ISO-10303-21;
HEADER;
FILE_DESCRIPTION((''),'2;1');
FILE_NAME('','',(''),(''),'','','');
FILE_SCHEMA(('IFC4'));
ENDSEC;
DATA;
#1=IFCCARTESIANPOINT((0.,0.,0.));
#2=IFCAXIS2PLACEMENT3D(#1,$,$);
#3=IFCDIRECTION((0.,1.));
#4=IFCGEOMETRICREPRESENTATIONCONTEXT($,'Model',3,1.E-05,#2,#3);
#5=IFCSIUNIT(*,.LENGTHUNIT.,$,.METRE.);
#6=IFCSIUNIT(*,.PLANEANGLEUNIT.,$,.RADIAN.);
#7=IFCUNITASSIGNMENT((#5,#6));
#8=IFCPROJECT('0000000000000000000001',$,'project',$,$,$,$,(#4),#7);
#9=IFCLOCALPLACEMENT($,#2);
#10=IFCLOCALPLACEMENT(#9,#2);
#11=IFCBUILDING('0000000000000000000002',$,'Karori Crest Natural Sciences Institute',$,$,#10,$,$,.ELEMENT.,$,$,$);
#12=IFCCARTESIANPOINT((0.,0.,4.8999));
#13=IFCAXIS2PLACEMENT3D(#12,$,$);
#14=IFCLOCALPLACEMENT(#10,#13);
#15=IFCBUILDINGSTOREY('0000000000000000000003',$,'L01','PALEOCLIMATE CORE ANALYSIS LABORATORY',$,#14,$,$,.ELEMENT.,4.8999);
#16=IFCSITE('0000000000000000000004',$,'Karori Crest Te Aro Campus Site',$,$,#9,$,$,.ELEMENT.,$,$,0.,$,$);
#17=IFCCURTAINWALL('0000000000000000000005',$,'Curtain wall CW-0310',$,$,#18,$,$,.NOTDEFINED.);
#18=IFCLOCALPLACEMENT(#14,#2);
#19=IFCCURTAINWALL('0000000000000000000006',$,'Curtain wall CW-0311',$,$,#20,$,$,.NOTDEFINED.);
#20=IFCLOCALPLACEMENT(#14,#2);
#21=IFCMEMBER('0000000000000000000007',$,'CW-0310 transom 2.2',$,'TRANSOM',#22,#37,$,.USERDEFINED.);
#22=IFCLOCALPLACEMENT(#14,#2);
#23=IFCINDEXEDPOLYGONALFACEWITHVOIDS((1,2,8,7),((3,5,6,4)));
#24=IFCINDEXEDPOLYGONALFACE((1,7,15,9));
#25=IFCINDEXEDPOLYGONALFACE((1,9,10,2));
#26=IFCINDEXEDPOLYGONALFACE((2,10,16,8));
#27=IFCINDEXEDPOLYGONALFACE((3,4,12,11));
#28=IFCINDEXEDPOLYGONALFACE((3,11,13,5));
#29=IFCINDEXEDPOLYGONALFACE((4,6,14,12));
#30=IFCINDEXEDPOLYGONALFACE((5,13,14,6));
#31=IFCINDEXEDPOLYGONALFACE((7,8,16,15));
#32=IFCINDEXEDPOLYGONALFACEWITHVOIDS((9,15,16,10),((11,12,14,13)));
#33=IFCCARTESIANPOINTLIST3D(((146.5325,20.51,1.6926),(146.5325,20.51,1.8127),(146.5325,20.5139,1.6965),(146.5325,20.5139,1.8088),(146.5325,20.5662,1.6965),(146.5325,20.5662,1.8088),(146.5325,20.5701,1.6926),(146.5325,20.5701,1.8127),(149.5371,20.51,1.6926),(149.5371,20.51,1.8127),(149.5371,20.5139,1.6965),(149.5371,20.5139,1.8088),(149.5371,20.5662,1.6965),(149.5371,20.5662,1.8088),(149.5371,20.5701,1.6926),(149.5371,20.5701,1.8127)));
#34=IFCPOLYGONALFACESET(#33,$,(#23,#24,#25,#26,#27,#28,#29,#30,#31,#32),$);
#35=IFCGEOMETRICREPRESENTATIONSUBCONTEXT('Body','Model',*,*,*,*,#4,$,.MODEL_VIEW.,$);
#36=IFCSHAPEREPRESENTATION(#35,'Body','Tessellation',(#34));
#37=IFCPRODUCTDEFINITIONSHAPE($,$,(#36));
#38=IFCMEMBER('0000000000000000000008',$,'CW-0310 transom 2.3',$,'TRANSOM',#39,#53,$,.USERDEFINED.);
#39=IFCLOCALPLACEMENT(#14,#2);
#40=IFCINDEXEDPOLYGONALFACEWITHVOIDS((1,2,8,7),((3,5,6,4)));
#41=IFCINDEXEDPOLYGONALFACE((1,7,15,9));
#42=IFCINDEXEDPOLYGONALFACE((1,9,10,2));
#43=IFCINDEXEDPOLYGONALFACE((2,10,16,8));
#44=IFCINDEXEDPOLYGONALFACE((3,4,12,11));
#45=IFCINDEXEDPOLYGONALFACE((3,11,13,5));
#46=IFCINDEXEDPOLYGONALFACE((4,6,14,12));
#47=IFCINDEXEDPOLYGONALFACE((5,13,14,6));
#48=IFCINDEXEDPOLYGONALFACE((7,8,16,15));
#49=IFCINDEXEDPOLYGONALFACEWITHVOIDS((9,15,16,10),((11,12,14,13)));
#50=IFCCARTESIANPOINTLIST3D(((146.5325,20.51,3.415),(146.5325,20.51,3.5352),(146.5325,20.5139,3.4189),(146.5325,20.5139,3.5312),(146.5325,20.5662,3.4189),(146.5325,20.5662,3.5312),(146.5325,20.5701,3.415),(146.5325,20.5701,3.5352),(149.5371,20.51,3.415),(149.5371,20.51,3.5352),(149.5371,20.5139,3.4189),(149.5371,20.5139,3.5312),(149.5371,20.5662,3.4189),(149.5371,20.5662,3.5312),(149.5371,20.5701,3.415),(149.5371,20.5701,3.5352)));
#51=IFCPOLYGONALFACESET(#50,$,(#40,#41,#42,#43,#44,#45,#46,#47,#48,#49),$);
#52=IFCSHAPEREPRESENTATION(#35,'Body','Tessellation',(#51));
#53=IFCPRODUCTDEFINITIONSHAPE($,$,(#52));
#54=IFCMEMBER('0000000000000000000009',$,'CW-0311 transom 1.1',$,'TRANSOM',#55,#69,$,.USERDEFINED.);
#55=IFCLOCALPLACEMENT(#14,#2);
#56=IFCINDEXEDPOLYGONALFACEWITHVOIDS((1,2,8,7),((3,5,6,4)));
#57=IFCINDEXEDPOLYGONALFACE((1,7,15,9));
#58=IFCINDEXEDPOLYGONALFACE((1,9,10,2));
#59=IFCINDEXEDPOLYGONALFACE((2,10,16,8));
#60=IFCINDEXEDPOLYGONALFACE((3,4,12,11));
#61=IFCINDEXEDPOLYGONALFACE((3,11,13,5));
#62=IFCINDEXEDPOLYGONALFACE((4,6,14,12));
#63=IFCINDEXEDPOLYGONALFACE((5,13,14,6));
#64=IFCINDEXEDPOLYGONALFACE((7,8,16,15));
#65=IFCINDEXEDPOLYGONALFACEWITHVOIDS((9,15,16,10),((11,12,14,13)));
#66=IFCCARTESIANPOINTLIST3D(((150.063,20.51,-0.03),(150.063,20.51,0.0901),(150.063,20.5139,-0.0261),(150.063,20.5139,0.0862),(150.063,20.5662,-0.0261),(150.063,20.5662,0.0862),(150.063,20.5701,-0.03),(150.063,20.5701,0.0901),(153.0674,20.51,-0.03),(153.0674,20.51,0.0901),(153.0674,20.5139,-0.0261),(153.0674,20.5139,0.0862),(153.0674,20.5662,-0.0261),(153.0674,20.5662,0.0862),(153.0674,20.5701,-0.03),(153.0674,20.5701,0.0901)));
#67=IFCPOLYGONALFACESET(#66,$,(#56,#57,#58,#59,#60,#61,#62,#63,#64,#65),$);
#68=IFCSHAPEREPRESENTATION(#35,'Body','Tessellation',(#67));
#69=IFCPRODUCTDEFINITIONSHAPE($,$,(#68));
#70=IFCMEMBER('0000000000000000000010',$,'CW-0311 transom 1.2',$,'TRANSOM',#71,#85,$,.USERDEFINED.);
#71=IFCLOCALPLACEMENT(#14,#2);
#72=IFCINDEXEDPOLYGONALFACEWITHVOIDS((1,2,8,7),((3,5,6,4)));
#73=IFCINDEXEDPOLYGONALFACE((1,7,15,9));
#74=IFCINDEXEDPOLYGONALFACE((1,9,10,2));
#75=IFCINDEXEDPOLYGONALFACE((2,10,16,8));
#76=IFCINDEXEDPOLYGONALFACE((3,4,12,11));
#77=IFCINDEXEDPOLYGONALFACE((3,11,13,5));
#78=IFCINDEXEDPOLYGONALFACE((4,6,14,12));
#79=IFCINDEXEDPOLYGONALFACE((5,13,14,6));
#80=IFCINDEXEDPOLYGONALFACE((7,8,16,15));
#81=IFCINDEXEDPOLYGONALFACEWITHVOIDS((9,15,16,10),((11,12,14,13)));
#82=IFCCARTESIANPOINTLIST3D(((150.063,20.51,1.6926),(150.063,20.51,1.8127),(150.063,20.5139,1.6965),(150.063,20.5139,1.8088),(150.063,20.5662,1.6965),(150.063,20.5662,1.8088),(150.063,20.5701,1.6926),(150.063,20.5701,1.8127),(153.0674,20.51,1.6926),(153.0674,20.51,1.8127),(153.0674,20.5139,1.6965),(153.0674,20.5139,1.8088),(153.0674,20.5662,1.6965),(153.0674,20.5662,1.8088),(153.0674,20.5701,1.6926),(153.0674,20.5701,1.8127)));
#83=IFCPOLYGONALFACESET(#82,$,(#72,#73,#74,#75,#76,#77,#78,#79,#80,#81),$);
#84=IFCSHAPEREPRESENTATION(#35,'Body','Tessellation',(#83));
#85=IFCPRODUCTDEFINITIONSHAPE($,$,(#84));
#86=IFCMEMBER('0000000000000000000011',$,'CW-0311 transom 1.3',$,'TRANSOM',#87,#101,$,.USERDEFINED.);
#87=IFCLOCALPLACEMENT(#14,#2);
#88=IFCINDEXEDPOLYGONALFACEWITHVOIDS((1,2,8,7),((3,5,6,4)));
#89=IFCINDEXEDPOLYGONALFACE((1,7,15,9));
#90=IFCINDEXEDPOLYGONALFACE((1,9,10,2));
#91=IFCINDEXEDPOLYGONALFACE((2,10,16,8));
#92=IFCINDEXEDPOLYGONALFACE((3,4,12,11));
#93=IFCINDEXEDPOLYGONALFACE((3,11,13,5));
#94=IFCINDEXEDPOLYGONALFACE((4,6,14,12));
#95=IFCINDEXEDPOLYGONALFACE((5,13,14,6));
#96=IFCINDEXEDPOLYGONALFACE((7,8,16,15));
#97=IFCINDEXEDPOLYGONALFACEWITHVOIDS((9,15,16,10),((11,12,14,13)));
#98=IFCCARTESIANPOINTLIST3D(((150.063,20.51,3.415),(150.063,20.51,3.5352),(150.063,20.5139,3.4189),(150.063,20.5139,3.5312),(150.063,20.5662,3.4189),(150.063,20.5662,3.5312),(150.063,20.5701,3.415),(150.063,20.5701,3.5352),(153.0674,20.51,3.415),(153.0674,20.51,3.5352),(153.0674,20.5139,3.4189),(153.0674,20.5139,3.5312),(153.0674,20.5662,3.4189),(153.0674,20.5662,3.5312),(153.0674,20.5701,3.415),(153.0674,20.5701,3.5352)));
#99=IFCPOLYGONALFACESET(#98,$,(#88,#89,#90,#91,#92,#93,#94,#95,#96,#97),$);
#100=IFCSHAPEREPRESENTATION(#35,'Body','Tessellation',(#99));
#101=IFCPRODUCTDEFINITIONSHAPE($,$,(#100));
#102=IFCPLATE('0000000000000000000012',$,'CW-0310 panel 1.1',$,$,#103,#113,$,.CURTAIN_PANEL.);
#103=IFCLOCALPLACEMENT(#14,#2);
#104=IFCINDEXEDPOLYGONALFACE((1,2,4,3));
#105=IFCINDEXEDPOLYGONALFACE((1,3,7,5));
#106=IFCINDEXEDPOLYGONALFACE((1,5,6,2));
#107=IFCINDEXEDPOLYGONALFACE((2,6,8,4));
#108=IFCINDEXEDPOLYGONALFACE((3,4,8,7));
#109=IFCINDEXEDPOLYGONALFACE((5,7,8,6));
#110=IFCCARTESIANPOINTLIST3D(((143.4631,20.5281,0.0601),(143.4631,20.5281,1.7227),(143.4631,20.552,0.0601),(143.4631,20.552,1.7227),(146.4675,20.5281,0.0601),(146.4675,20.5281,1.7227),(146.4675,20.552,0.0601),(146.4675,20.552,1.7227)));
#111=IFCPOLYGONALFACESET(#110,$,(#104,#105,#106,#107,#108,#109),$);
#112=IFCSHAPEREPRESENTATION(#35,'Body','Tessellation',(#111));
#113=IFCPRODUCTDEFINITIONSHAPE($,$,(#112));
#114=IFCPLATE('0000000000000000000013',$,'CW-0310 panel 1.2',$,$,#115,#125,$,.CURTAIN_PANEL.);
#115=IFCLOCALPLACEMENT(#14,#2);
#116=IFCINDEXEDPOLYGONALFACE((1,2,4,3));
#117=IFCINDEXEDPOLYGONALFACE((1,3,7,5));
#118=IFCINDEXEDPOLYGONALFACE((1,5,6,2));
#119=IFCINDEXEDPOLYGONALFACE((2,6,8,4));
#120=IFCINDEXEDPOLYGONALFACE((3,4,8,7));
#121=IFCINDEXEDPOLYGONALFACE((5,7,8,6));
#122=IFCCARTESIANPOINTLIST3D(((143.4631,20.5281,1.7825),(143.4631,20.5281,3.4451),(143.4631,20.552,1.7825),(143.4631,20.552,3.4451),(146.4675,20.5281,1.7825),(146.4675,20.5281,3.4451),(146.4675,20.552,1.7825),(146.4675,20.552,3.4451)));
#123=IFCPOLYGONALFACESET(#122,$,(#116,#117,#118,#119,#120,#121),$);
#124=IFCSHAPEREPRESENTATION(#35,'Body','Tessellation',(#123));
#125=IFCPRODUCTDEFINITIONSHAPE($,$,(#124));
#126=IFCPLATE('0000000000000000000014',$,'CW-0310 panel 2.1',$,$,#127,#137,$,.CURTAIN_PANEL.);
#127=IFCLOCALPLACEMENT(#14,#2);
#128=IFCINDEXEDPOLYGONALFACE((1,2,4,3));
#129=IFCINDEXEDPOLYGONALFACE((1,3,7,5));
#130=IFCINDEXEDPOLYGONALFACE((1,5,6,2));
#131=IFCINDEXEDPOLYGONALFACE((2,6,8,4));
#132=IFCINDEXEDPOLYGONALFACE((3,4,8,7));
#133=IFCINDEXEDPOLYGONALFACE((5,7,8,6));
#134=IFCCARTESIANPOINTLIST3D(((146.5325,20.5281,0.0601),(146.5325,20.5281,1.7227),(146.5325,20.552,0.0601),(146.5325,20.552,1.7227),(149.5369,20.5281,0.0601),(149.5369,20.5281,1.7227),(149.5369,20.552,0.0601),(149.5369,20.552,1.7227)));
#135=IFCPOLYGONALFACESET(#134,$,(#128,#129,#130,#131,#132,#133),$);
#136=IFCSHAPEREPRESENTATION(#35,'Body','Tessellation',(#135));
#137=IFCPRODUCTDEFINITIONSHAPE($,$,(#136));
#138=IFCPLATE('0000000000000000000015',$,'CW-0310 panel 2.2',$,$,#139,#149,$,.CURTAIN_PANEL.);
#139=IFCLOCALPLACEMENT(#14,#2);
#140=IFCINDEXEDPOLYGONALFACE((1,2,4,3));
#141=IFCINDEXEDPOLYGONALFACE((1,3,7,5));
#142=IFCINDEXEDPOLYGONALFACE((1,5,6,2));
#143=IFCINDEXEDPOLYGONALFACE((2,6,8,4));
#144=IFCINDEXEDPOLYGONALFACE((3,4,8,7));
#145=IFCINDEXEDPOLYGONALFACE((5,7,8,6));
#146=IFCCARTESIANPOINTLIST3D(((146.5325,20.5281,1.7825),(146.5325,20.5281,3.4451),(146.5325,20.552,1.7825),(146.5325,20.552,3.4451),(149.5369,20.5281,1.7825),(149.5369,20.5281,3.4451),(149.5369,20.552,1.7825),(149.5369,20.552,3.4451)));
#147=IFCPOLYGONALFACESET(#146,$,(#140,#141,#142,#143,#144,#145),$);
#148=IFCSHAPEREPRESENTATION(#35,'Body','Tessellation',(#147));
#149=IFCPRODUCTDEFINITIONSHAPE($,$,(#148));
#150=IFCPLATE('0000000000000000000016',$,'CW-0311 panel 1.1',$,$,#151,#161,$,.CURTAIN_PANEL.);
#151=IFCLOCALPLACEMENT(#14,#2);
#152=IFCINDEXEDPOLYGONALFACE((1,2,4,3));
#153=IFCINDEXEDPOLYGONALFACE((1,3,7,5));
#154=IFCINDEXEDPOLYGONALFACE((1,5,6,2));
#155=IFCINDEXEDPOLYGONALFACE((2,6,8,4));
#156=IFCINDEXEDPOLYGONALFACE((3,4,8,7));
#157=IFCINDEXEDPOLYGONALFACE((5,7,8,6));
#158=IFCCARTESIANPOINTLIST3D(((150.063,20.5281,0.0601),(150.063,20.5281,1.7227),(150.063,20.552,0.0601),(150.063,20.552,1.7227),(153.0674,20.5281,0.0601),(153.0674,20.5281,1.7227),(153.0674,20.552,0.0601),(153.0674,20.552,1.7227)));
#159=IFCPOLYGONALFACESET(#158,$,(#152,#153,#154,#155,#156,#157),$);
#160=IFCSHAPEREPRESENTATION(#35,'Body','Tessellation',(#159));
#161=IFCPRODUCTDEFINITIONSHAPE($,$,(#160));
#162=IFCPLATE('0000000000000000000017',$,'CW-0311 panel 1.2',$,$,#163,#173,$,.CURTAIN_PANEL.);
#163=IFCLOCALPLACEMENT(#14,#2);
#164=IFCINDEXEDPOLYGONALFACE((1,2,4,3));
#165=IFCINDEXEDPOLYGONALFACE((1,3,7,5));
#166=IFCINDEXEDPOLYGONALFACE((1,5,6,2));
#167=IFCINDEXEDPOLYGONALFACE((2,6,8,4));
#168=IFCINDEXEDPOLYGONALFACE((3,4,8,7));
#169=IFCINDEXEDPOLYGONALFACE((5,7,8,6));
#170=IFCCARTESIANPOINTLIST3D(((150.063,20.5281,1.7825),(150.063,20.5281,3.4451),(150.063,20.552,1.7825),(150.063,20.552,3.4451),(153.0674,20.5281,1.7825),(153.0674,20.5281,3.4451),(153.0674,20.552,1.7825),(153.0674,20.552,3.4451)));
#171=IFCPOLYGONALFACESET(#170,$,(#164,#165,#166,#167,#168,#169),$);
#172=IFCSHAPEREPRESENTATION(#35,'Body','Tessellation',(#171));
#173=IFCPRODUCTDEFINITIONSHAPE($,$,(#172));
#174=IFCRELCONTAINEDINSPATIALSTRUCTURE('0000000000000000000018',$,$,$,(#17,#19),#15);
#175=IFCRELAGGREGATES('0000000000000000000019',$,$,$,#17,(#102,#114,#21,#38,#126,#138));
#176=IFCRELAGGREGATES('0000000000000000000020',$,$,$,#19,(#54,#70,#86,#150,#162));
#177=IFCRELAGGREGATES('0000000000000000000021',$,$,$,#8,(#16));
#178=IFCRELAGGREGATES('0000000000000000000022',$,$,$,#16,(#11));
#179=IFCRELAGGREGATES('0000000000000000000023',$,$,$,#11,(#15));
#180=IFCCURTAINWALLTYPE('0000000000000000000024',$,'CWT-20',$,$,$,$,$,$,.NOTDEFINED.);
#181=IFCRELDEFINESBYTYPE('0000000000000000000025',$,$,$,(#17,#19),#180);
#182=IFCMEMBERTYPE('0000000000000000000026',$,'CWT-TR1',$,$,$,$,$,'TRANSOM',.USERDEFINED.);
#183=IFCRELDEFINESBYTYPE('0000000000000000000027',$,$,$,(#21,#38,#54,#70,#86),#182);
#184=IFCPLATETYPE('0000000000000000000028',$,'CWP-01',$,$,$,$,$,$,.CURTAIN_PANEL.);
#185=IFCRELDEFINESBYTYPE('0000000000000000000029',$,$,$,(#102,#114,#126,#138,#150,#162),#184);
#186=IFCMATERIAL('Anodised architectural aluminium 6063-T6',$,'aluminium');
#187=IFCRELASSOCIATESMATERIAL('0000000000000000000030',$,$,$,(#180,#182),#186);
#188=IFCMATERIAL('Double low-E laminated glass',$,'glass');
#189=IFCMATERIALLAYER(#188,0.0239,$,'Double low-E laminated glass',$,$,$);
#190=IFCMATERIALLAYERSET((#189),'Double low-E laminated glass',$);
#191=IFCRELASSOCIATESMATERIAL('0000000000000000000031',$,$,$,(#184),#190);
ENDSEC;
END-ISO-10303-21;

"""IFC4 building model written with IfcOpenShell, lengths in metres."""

from ifc_helpers import new_model, si_unit, direction, frame, origin, origin_2d, place, context, subcontext, project, spatial, rectangle, hollow_rectangle, extrude, material, layer, layer_set, material_profile, profile_set, type_object, element, aggregate, save


model = new_model("IFC4")

# Units and contexts
model_context = context("Model", 3, precision=1e-05, world=origin(), true_north=direction((0.0, 1.0)))
body_context = subcontext(model_context, "Body", "Model", "MODEL_VIEW")
ifc_project = project(units=[si_unit("LENGTHUNIT", "METRE"), si_unit("PLANEANGLEUNIT", "RADIAN")], contexts=[model_context])

# Site, building, storey
site_placement = place(None, origin())
site = spatial("IfcSite", under=ifc_project, at=site_placement, Name="Karori Crest Te Aro Campus Site", CompositionType="ELEMENT", RefElevation=0.0)
building_placement = place(site_placement, origin())
building = spatial("IfcBuilding", under=site, at=building_placement, Name="Karori Crest Natural Sciences Institute", CompositionType="ELEMENT")
storey_placement = place(building_placement, frame((0.0, 0.0, 4.8999)))
storey = spatial("IfcBuildingStorey", under=building, at=storey_placement, Name="L01", Description="PALEOCLIMATE CORE ANALYSIS LABORATORY", CompositionType="ELEMENT", Elevation=4.8999)

# Curtain walls
ifc_material_1 = material(Name="Anodised architectural aluminium 6063-T6", Category="aluminium")
curtain_wall_type = type_object("IfcCurtainWallType", Name="CWT-20", PredefinedType="NOTDEFINED", material=ifc_material_1)
curtain_wall_1_placement = place(storey_placement, origin())
curtain_wall_1 = element("IfcCurtainWall", 1, at=curtain_wall_1_placement, inside=storey, type_object=curtain_wall_type, Name="Curtain wall CW-0310", PredefinedType="NOTDEFINED")
curtain_wall_2_placement = place(storey_placement, origin())
curtain_wall_2 = element("IfcCurtainWall", 2, at=curtain_wall_2_placement, inside=storey, type_object=curtain_wall_type, Name="Curtain wall CW-0311", PredefinedType="NOTDEFINED")

# Members
ifc_material_profile_1 = material_profile(ifc_material_1, hollow_rectangle(XDim=0.0601, YDim=0.1201, WallThickness=0.0039, at=origin_2d()), Name="CWT120x60x4")
ifc_profile_set_1 = profile_set([ifc_material_profile_1], Name="Anodised architectural aluminium 6063-T6")
member_type_1 = type_object("IfcMemberType", Name="CWT-TR1", ElementType="TRANSOM", PredefinedType="USERDEFINED", material=ifc_profile_set_1)
member_1_placement = place(storey_placement, frame((146.5325, 20.54, 1.7527), z_axis=(1.0, 0.0, 0.0), x_axis=(0.0, 1.0, 0.0)))
member_1 = element("IfcMember", 3, at=member_1_placement, type_object=member_type_1, Name="CW-0310 transom 2.2", ObjectType="TRANSOM", PredefinedType="USERDEFINED", context=body_context, shape_type="SweptSolid", body=[
    extrude(hollow_rectangle(XDim=0.0601, YDim=0.1201, WallThickness=0.0039, at=origin_2d()), origin(), (0.0, 0.0, 1.0), 3.0046),
])
member_2_placement = place(storey_placement, frame((146.5325, 20.54, 3.4751), z_axis=(1.0, 0.0, 0.0), x_axis=(0.0, 1.0, 0.0)))
member_2 = element("IfcMember", 4, at=member_2_placement, type_object=member_type_1, Name="CW-0310 transom 2.3", ObjectType="TRANSOM", PredefinedType="USERDEFINED", context=body_context, shape_type="SweptSolid", body=[
    extrude(hollow_rectangle(XDim=0.0601, YDim=0.1201, WallThickness=0.0039, at=origin_2d()), origin(), (0.0, 0.0, 1.0), 3.0046),
])
member_3_placement = place(storey_placement, frame((150.063, 20.54, 0.03), z_axis=(1.0, 0.0, 0.0), x_axis=(0.0, 1.0, 0.0)))
member_3 = element("IfcMember", 5, at=member_3_placement, type_object=member_type_1, Name="CW-0311 transom 1.1", ObjectType="TRANSOM", PredefinedType="USERDEFINED", context=body_context, shape_type="SweptSolid", body=[
    extrude(hollow_rectangle(XDim=0.0601, YDim=0.1201, WallThickness=0.0039, at=origin_2d()), origin(), (0.0, 0.0, 1.0), 3.0044),
])
member_4_placement = place(storey_placement, frame((150.063, 20.54, 1.7527), z_axis=(1.0, 0.0, 0.0), x_axis=(0.0, 1.0, 0.0)))
member_4 = element("IfcMember", 6, at=member_4_placement, type_object=member_type_1, Name="CW-0311 transom 1.2", ObjectType="TRANSOM", PredefinedType="USERDEFINED", context=body_context, shape_type="SweptSolid", body=[
    extrude(hollow_rectangle(XDim=0.0601, YDim=0.1201, WallThickness=0.0039, at=origin_2d()), origin(), (0.0, 0.0, 1.0), 3.0044),
])
member_5_placement = place(storey_placement, frame((150.063, 20.54, 3.4751), z_axis=(1.0, 0.0, 0.0), x_axis=(0.0, 1.0, 0.0)))
member_5 = element("IfcMember", 7, at=member_5_placement, type_object=member_type_1, Name="CW-0311 transom 1.3", ObjectType="TRANSOM", PredefinedType="USERDEFINED", context=body_context, shape_type="SweptSolid", body=[
    extrude(hollow_rectangle(XDim=0.0601, YDim=0.1201, WallThickness=0.0039, at=origin_2d()), origin(), (0.0, 0.0, 1.0), 3.0044),
])

# Plates
ifc_material_2 = material(Name="Double low-E laminated glass", Category="glass")
ifc_layer = layer(ifc_material_2, 0.0239, Name="Double low-E laminated glass")
ifc_layer_set = layer_set([ifc_layer], Name="Double low-E laminated glass")
plate_type = type_object("IfcPlateType", Name="CWP-01", PredefinedType="CURTAIN_PANEL", material=ifc_layer_set)
plate_1_placement = place(storey_placement, frame((144.9653, 20.54, 0.0601), z_axis=(0.0, 0.0, 1.0), x_axis=(1.0, 0.0, 0.0)))
plate_1 = element("IfcPlate", 8, at=plate_1_placement, type_object=plate_type, Name="CW-0310 panel 1.1", PredefinedType="CURTAIN_PANEL", context=body_context, shape_type="SweptSolid", body=[
    extrude(rectangle(XDim=3.0044, YDim=0.0239, at=origin_2d()), origin(), (0.0, 0.0, 1.0), 1.6626),
])
plate_2_placement = place(storey_placement, frame((144.9653, 20.54, 1.7825), z_axis=(0.0, 0.0, 1.0), x_axis=(1.0, 0.0, 0.0)))
plate_2 = element("IfcPlate", 9, at=plate_2_placement, type_object=plate_type, Name="CW-0310 panel 1.2", PredefinedType="CURTAIN_PANEL", context=body_context, shape_type="SweptSolid", body=[
    extrude(rectangle(XDim=3.0044, YDim=0.0239, at=origin_2d()), origin(), (0.0, 0.0, 1.0), 1.6626),
])
plate_3_placement = place(storey_placement, frame((148.0347, 20.54, 0.0601), z_axis=(0.0, 0.0, 1.0), x_axis=(1.0, 0.0, 0.0)))
plate_3 = element("IfcPlate", 10, at=plate_3_placement, type_object=plate_type, Name="CW-0310 panel 2.1", PredefinedType="CURTAIN_PANEL", context=body_context, shape_type="SweptSolid", body=[
    extrude(rectangle(XDim=3.0044, YDim=0.0239, at=origin_2d()), origin(), (0.0, 0.0, 1.0), 1.6626),
])
plate_4_placement = place(storey_placement, frame((148.0347, 20.54, 1.7825), z_axis=(0.0, 0.0, 1.0), x_axis=(1.0, 0.0, 0.0)))
plate_4 = element("IfcPlate", 11, at=plate_4_placement, type_object=plate_type, Name="CW-0310 panel 2.2", PredefinedType="CURTAIN_PANEL", context=body_context, shape_type="SweptSolid", body=[
    extrude(rectangle(XDim=3.0044, YDim=0.0239, at=origin_2d()), origin(), (0.0, 0.0, 1.0), 1.6626),
])
aggregate(curtain_wall_1, [plate_1, plate_2, member_1, member_2, plate_3, plate_4])
plate_5_placement = place(storey_placement, frame((151.5652, 20.54, 0.0601), z_axis=(0.0, 0.0, 1.0), x_axis=(1.0, 0.0, 0.0)))
plate_5 = element("IfcPlate", 12, at=plate_5_placement, type_object=plate_type, Name="CW-0311 panel 1.1", PredefinedType="CURTAIN_PANEL", context=body_context, shape_type="SweptSolid", body=[
    extrude(rectangle(XDim=3.0044, YDim=0.0239, at=origin_2d()), origin(), (0.0, 0.0, 1.0), 1.6626),
])
plate_6_placement = place(storey_placement, frame((151.5652, 20.54, 1.7825), z_axis=(0.0, 0.0, 1.0), x_axis=(1.0, 0.0, 0.0)))
plate_6 = element("IfcPlate", 13, at=plate_6_placement, type_object=plate_type, Name="CW-0311 panel 1.2", PredefinedType="CURTAIN_PANEL", context=body_context, shape_type="SweptSolid", body=[
    extrude(rectangle(XDim=3.0044, YDim=0.0239, at=origin_2d()), origin(), (0.0, 0.0, 1.0), 1.6626),
])
aggregate(curtain_wall_2, [member_3, member_4, member_5, plate_5, plate_6])

save(model, "model.ifc")
